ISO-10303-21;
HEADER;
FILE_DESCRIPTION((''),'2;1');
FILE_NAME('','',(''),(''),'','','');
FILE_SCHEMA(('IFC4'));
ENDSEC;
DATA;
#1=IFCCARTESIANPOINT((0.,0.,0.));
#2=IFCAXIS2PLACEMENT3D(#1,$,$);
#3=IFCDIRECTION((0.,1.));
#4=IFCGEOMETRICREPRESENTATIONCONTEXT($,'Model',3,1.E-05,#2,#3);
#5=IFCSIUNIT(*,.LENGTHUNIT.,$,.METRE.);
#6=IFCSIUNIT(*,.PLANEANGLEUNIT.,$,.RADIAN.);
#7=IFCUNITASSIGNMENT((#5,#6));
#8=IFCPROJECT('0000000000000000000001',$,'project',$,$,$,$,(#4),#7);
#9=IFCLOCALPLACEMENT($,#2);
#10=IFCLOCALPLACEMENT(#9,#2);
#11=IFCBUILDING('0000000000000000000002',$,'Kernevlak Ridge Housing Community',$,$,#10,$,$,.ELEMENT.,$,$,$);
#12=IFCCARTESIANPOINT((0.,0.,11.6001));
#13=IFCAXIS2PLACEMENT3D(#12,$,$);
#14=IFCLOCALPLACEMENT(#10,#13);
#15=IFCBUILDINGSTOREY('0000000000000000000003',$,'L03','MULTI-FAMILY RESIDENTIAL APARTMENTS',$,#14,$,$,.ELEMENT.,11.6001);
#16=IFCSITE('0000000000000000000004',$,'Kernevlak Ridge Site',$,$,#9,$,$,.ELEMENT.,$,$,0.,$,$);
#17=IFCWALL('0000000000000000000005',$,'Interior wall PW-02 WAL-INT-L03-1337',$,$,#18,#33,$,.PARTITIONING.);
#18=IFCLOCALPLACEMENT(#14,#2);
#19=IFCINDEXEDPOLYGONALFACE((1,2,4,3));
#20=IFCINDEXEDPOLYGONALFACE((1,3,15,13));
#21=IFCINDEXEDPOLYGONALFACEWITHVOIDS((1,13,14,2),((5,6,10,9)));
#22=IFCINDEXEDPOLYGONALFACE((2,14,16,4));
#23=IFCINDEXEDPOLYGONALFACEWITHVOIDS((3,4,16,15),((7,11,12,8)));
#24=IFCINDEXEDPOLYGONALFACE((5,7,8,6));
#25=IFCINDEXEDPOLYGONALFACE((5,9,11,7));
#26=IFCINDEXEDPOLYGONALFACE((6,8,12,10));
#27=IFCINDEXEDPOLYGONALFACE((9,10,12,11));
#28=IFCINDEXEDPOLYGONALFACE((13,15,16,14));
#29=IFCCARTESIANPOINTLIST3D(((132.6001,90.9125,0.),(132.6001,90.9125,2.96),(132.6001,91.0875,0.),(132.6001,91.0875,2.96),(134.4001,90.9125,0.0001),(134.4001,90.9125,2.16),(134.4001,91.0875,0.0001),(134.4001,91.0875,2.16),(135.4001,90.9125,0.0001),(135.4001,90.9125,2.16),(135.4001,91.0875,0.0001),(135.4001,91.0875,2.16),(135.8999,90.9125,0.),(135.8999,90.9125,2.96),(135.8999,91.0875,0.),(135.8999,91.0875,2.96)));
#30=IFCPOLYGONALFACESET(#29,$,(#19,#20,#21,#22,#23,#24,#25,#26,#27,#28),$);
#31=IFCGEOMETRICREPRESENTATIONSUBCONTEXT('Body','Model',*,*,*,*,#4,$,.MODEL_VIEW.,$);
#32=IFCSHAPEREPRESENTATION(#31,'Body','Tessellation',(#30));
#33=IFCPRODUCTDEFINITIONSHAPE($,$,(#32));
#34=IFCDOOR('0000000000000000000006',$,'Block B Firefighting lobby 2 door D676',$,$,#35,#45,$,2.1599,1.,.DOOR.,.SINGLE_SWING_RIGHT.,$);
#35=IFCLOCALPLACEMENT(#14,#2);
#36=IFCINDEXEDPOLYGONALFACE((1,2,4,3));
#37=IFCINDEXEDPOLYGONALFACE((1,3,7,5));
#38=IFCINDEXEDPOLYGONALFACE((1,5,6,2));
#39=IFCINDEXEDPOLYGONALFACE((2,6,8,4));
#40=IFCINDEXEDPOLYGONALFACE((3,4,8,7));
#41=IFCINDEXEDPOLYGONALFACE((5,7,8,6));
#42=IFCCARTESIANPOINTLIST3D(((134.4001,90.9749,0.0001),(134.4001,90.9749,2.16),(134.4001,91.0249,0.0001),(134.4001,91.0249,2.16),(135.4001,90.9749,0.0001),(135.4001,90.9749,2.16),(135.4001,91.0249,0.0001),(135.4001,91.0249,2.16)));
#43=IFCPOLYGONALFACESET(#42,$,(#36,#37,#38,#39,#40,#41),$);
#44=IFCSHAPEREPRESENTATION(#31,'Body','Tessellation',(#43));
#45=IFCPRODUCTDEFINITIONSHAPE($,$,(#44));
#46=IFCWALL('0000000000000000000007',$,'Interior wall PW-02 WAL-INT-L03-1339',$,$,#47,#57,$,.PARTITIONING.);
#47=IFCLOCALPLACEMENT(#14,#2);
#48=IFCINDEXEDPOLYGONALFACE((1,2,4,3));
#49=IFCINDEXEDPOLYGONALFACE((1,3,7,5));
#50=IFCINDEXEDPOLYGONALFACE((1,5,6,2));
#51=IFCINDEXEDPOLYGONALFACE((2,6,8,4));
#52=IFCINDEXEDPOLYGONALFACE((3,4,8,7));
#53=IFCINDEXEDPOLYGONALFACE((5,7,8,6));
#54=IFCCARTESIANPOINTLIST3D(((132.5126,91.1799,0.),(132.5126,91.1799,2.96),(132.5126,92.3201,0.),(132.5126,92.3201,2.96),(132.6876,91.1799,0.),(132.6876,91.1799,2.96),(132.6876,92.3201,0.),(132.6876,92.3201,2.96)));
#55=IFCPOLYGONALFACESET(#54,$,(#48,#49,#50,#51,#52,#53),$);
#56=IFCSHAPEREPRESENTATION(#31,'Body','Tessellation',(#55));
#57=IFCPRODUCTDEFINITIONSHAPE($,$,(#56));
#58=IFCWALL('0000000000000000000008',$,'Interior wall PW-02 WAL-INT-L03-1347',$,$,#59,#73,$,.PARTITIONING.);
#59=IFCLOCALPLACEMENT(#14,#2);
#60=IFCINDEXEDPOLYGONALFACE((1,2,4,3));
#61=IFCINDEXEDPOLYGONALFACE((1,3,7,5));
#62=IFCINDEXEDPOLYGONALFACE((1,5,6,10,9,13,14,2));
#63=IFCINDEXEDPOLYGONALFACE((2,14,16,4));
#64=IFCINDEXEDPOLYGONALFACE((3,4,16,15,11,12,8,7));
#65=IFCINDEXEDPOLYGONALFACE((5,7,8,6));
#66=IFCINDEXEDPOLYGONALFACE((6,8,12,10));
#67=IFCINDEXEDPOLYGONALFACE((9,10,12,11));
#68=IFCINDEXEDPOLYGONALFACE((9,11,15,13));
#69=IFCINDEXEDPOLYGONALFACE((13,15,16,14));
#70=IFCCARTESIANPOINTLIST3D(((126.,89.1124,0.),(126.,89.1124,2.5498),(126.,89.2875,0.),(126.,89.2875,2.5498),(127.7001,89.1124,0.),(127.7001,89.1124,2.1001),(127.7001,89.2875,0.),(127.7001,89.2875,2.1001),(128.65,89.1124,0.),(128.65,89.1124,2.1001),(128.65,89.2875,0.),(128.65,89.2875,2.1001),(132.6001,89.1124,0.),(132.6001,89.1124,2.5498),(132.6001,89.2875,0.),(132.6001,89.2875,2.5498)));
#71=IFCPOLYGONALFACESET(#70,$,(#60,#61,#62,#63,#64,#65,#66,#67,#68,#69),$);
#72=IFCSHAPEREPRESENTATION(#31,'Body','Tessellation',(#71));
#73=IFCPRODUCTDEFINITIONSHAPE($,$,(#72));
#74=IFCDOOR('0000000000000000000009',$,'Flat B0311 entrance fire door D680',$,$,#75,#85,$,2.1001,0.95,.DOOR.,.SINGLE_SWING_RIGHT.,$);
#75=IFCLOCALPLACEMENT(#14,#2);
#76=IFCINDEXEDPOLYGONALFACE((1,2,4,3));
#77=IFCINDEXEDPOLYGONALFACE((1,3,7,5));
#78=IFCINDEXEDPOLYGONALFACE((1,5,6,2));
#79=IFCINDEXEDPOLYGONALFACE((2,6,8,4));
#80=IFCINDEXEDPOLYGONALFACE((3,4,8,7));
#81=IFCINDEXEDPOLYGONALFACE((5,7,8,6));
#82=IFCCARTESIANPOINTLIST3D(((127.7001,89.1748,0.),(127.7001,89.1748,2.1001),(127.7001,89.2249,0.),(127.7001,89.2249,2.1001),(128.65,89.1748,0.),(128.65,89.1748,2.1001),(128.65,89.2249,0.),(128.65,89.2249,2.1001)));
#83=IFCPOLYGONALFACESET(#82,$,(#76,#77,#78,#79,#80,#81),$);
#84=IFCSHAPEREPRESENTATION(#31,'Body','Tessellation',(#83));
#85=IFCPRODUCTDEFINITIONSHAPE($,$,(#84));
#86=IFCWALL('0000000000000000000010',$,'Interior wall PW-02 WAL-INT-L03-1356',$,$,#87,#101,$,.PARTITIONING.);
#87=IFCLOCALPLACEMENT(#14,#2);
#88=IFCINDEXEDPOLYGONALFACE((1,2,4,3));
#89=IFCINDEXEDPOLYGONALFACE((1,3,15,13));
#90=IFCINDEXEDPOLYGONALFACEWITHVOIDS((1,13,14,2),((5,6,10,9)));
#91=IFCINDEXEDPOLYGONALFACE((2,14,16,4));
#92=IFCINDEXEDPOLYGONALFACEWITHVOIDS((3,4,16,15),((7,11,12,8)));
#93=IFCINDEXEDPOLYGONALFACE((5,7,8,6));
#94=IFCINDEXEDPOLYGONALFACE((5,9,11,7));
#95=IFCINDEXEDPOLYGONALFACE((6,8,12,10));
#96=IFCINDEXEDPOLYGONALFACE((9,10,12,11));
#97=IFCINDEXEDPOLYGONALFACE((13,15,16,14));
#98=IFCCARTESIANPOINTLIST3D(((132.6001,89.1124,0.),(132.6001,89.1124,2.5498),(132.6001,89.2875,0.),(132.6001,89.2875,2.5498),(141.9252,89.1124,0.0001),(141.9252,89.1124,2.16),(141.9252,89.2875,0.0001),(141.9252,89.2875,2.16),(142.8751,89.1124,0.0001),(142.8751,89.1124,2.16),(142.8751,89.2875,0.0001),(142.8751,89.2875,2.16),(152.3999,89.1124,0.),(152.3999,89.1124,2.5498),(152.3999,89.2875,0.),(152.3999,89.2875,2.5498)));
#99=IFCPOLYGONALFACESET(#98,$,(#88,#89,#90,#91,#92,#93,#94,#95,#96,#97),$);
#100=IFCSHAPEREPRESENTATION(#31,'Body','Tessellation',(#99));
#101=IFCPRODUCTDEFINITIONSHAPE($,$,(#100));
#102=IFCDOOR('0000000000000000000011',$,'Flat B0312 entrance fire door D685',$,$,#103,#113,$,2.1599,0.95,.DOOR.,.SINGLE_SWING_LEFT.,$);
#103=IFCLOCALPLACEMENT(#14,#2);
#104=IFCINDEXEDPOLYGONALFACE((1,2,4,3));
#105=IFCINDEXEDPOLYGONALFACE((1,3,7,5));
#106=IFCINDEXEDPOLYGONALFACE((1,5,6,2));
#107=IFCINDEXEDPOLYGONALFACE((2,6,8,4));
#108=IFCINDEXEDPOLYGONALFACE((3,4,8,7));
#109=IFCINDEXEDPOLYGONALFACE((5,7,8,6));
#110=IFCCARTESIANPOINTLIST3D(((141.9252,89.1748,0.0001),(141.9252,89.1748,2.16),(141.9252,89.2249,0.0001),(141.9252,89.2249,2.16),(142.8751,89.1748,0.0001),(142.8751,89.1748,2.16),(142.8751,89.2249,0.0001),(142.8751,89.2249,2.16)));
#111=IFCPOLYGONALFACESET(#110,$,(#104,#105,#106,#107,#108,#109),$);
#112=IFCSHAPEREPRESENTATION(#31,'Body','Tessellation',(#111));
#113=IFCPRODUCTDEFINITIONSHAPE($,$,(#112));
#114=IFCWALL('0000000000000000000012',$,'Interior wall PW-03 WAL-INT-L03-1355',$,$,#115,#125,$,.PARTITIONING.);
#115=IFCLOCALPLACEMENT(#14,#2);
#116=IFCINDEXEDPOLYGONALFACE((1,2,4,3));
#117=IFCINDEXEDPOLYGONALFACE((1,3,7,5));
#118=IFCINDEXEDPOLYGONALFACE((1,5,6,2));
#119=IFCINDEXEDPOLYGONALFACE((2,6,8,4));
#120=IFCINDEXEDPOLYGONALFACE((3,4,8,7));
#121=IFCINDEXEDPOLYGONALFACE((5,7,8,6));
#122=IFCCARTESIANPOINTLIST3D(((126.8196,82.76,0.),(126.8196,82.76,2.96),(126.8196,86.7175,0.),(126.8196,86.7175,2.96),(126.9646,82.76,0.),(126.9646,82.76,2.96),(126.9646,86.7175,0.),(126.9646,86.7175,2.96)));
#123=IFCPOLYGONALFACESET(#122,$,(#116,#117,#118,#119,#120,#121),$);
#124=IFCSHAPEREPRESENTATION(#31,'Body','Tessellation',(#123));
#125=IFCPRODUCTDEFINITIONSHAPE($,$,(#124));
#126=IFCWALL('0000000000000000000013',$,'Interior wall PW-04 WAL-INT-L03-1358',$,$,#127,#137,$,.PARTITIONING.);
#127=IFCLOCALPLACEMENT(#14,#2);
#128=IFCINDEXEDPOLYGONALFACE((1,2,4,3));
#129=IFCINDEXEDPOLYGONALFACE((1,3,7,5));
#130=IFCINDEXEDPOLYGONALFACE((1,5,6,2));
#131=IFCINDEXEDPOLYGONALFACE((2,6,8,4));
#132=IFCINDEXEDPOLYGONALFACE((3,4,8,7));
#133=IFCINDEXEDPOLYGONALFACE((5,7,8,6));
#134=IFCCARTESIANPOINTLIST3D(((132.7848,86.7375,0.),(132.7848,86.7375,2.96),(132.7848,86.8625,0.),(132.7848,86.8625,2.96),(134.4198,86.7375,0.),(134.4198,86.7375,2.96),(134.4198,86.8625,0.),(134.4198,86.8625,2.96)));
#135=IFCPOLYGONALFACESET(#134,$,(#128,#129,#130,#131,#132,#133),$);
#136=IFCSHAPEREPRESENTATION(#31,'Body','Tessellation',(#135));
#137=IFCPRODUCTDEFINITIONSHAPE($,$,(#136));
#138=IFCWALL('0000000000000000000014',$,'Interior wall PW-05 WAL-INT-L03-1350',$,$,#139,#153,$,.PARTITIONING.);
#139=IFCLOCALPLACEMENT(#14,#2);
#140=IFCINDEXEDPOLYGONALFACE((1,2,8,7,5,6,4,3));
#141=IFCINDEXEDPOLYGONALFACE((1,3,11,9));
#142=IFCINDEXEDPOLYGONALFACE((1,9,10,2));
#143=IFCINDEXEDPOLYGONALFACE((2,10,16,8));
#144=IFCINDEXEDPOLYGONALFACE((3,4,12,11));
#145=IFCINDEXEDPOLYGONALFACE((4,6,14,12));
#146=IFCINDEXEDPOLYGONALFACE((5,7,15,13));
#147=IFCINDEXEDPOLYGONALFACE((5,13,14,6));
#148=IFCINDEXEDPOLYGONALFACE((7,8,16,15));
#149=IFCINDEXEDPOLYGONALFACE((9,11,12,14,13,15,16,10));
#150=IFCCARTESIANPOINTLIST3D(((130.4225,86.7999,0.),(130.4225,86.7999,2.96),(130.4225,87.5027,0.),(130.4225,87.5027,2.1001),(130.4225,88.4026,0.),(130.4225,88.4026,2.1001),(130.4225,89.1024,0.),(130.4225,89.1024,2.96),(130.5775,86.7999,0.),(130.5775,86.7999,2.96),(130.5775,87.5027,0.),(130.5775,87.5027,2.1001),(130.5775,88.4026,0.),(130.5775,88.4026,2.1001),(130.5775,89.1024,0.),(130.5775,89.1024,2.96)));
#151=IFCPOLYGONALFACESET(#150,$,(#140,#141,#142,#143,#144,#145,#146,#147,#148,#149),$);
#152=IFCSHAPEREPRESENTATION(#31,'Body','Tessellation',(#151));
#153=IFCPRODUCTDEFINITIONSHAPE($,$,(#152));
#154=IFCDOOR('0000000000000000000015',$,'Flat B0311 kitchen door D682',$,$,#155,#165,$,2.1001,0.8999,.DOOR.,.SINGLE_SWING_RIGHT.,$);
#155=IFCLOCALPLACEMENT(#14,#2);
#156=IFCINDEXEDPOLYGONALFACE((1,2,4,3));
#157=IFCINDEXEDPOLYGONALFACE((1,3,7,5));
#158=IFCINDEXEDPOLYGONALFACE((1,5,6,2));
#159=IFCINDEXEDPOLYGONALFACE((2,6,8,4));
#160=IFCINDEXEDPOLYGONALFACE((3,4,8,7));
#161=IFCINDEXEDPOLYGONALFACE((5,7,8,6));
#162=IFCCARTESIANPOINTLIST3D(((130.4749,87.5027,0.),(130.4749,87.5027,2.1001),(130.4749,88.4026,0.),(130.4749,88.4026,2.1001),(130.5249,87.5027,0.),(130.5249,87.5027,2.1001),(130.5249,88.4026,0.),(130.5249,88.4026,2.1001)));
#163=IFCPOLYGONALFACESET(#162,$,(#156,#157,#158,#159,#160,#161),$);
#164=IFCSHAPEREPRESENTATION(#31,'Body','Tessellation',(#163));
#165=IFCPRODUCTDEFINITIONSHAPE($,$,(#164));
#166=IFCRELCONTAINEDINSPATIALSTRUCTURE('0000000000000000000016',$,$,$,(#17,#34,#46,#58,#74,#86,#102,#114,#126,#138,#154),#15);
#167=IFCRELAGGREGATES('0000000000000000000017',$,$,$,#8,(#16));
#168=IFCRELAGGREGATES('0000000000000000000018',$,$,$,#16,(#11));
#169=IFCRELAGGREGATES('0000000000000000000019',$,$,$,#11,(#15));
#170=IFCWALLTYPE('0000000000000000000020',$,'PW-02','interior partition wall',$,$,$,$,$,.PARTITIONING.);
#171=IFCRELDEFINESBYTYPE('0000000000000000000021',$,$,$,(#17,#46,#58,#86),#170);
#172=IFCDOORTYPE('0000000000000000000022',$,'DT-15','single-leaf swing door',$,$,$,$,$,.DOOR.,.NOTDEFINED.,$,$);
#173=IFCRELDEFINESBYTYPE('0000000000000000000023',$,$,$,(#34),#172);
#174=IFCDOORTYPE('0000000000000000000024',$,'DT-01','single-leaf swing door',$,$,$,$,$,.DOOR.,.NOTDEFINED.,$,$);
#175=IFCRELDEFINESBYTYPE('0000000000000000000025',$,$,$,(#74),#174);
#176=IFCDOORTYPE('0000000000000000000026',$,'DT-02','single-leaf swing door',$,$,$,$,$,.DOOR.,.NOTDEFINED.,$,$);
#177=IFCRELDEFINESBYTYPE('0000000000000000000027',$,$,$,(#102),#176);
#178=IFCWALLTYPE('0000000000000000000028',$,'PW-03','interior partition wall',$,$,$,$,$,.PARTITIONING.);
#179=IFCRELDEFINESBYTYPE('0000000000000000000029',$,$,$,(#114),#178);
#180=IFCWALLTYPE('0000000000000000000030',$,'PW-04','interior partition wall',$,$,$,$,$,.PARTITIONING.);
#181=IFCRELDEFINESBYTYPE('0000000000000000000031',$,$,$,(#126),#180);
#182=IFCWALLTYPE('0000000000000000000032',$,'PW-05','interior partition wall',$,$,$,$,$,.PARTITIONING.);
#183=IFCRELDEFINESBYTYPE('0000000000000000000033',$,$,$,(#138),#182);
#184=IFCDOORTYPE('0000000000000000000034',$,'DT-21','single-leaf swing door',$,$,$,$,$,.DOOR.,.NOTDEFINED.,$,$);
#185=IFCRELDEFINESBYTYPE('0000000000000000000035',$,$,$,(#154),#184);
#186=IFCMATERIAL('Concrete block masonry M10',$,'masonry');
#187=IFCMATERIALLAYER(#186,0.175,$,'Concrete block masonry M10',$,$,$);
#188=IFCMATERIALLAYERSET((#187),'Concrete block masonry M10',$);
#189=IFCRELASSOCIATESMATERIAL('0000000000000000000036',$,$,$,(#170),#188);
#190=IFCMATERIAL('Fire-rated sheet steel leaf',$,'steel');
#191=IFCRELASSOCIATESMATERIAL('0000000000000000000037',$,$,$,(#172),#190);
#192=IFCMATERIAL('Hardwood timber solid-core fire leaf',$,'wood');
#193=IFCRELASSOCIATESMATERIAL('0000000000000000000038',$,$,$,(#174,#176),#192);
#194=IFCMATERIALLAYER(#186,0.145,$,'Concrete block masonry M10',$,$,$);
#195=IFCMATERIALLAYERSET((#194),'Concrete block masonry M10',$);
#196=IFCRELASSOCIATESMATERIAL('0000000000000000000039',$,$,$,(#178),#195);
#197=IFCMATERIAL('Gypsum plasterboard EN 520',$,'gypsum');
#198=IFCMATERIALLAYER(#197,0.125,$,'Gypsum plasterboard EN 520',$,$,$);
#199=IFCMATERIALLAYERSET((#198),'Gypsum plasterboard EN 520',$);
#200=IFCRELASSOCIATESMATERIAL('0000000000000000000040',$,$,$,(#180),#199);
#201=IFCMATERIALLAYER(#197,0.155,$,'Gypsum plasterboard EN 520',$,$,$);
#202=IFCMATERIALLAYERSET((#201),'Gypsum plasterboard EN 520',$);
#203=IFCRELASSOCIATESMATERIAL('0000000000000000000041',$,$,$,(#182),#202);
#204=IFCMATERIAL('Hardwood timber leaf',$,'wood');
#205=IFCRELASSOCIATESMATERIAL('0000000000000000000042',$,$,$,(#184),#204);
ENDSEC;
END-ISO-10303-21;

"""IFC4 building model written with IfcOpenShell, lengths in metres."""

from ifc_helpers import new_model, si_unit, direction, frame, frame_2d, origin, place, context, subcontext, project, spatial, rectangle, extrude, material, layer, layer_set, type_object, element, fill, save


model = new_model("IFC4")

# Units and contexts
model_context = context("Model", 3, precision=1e-05, world=origin(), true_north=direction((0.0, 1.0)))
body_context = subcontext(model_context, "Body", "Model", "MODEL_VIEW")
ifc_project = project(units=[si_unit("LENGTHUNIT", "METRE"), si_unit("PLANEANGLEUNIT", "RADIAN")], contexts=[model_context])

# Site, building, storey
site_placement = place(None, origin())
site = spatial("IfcSite", under=ifc_project, at=site_placement, Name="Kernevlak Ridge Site", CompositionType="ELEMENT", RefElevation=0.0)
building_placement = place(site_placement, origin())
building = spatial("IfcBuilding", under=site, at=building_placement, Name="Kernevlak Ridge Housing Community", CompositionType="ELEMENT")
storey_placement = place(building_placement, frame((0.0, 0.0, 11.6001)))
storey = spatial("IfcBuildingStorey", under=building, at=storey_placement, Name="L03", Description="MULTI-FAMILY RESIDENTIAL APARTMENTS", CompositionType="ELEMENT", Elevation=11.6001)

# Wall, opening, door
ifc_material_1 = material(Name="Fire-rated sheet steel leaf", Category="steel")
ifc_material_2 = material(Name="Concrete block masonry M10", Category="masonry")
ifc_layer_1 = layer(ifc_material_2, 0.175, Name="Concrete block masonry M10")
ifc_layer_set_1 = layer_set([ifc_layer_1], Name="Concrete block masonry M10")
wall_type_1 = type_object("IfcWallType", Name="PW-02", Description="interior partition wall", PredefinedType="PARTITIONING", material=ifc_layer_set_1)
wall_1_placement = place(storey_placement, frame((132.6001, 91.0, 0.0), z_axis=(0.0, 0.0, 1.0), x_axis=(1.0, 0.0, 0.0)))
wall_1 = element("IfcWall", 1, at=wall_1_placement, inside=storey, type_object=wall_type_1, Name="Interior wall PW-02 WAL-INT-L03-1337", PredefinedType="PARTITIONING", context=body_context, shape_type="SweptSolid", body=[
    extrude(rectangle(XDim=3.2998, YDim=0.175, at=frame_2d((1.6499, 0.0))), origin(), (0.0, 0.0, 1.0), 2.96),
])
opening_1_placement = place(wall_1_placement, frame((1.8, 0.0, 0.0)))
opening_1 = element("IfcOpeningElement", 2, at=opening_1_placement, cuts=wall_1, PredefinedType="OPENING", context=body_context, shape_type="SweptSolid", body=[
    extrude(rectangle(XDim=1.0, YDim=2.1599, at=frame_2d((0.5, 1.0801))), frame((0.0, 0.0974, 0.0), z_axis=(0.0, -1.0, 0.0), x_axis=(1.0, 0.0, 0.0)), (0.0, 0.0, 1.0), 0.1951),
])
door_type_1 = type_object("IfcDoorType", Name="DT-15", Description="single-leaf swing door", OperationType="NOTDEFINED", PredefinedType="DOOR", material=ifc_material_1)
door_1_placement = place(opening_1_placement, origin())
door_1 = element("IfcDoor", 3, at=door_1_placement, inside=storey, type_object=door_type_1, Name="Block B Firefighting lobby 2 door D676", OperationType="SINGLE_SWING_RIGHT", OverallHeight=2.1599, OverallWidth=1.0, PredefinedType="DOOR", context=body_context, shape_type="SweptSolid", body=[
    extrude(rectangle(XDim=1.0, YDim=2.1599, at=frame_2d((0.5, 1.0801))), frame((0.0, 0.0249, 0.0), z_axis=(0.0, -1.0, 0.0), x_axis=(1.0, 0.0, 0.0)), (0.0, 0.0, 1.0), 0.05),
])
fill(opening_1, door_1)

# Wall
wall_2_placement = place(storey_placement, frame((132.6001, 91.1799, 0.0), z_axis=(0.0, 0.0, 1.0), x_axis=(0.0, 1.0, 0.0)))
element("IfcWall", 4, at=wall_2_placement, inside=storey, type_object=wall_type_1, Name="Interior wall PW-02 WAL-INT-L03-1339", PredefinedType="PARTITIONING", context=body_context, shape_type="SweptSolid", body=[
    extrude(rectangle(XDim=1.1401, YDim=0.175, at=frame_2d((0.5701, 0.0))), origin(), (0.0, 0.0, 1.0), 2.96),
])

# Walls, openings, doors
wall_3_placement = place(storey_placement, frame((126.0, 89.2, 0.0), z_axis=(0.0, 0.0, 1.0), x_axis=(1.0, 0.0, 0.0)))
wall_3 = element("IfcWall", 5, at=wall_3_placement, inside=storey, type_object=wall_type_1, Name="Interior wall PW-02 WAL-INT-L03-1347", PredefinedType="PARTITIONING", context=body_context, shape_type="SweptSolid", body=[
    extrude(rectangle(XDim=6.6001, YDim=0.175, at=frame_2d((3.3, 0.0))), origin(), (0.0, 0.0, 1.0), 2.5498),
])
opening_2_placement = place(wall_3_placement, frame((1.7, 0.0, 0.0)))
opening_2 = element("IfcOpeningElement", 6, at=opening_2_placement, cuts=wall_3, PredefinedType="OPENING", context=body_context, shape_type="SweptSolid", body=[
    extrude(rectangle(XDim=0.95, YDim=2.1001, at=frame_2d((0.4751, 1.05))), frame((0.0, 0.0974, 0.0), z_axis=(0.0, -1.0, 0.0), x_axis=(1.0, 0.0, 0.0)), (0.0, 0.0, 1.0), 0.1951),
])
ifc_material_3 = material(Name="Hardwood timber solid-core fire leaf", Category="wood")
door_type_2 = type_object("IfcDoorType", Name="DT-01", Description="single-leaf swing door", OperationType="NOTDEFINED", PredefinedType="DOOR", material=ifc_material_3)
door_2_placement = place(opening_2_placement, origin())
door_2 = element("IfcDoor", 7, at=door_2_placement, inside=storey, type_object=door_type_2, Name="Flat B0311 entrance fire door D680", OperationType="SINGLE_SWING_RIGHT", OverallHeight=2.1001, OverallWidth=0.95, PredefinedType="DOOR", context=body_context, shape_type="SweptSolid", body=[
    extrude(rectangle(XDim=0.95, YDim=2.1001, at=frame_2d((0.4751, 1.05))), frame((0.0, 0.0249, 0.0), z_axis=(0.0, -1.0, 0.0), x_axis=(1.0, 0.0, 0.0)), (0.0, 0.0, 1.0), 0.05),
])
fill(opening_2, door_2)
wall_4_placement = place(storey_placement, frame((132.6001, 89.2, 0.0), z_axis=(0.0, 0.0, 1.0), x_axis=(1.0, 0.0, 0.0)))
wall_4 = element("IfcWall", 8, at=wall_4_placement, inside=storey, type_object=wall_type_1, Name="Interior wall PW-02 WAL-INT-L03-1356", PredefinedType="PARTITIONING", context=body_context, shape_type="SweptSolid", body=[
    extrude(rectangle(XDim=19.7998, YDim=0.175, at=frame_2d((9.8999, 0.0))), origin(), (0.0, 0.0, 1.0), 2.5498),
])
opening_3_placement = place(wall_4_placement, frame((9.325, 0.0, 0.0)))
opening_3 = element("IfcOpeningElement", 9, at=opening_3_placement, cuts=wall_4, PredefinedType="OPENING", context=body_context, shape_type="SweptSolid", body=[
    extrude(rectangle(XDim=0.95, YDim=2.1599, at=frame_2d((0.4751, 1.0801))), frame((0.0, 0.0974, 0.0), z_axis=(0.0, -1.0, 0.0), x_axis=(1.0, 0.0, 0.0)), (0.0, 0.0, 1.0), 0.1951),
])
door_type_3 = type_object("IfcDoorType", Name="DT-02", Description="single-leaf swing door", OperationType="NOTDEFINED", PredefinedType="DOOR", material=ifc_material_3)
door_3_placement = place(opening_3_placement, origin())
door_3 = element("IfcDoor", 10, at=door_3_placement, inside=storey, type_object=door_type_3, Name="Flat B0312 entrance fire door D685", OperationType="SINGLE_SWING_LEFT", OverallHeight=2.1599, OverallWidth=0.95, PredefinedType="DOOR", context=body_context, shape_type="SweptSolid", body=[
    extrude(rectangle(XDim=0.95, YDim=2.1599, at=frame_2d((0.4751, 1.0801))), frame((0.0, 0.0249, 0.0), z_axis=(0.0, -1.0, 0.0), x_axis=(1.0, 0.0, 0.0)), (0.0, 0.0, 1.0), 0.05),
])
fill(opening_3, door_3)

# Walls
ifc_layer_2 = layer(ifc_material_2, 0.145, Name="Concrete block masonry M10")
ifc_layer_set_2 = layer_set([ifc_layer_2], Name="Concrete block masonry M10")
wall_type_2 = type_object("IfcWallType", Name="PW-03", Description="interior partition wall", PredefinedType="PARTITIONING", material=ifc_layer_set_2)
wall_5_placement = place(storey_placement, frame((126.8921, 86.7175, 0.0), z_axis=(0.0, 0.0, 1.0), x_axis=(0.0, -1.0, 0.0)))
element("IfcWall", 11, at=wall_5_placement, inside=storey, type_object=wall_type_2, Name="Interior wall PW-03 WAL-INT-L03-1355", PredefinedType="PARTITIONING", context=body_context, shape_type="SweptSolid", body=[
    extrude(rectangle(XDim=3.9575, YDim=0.145, at=frame_2d((1.9788, 0.0))), origin(), (0.0, 0.0, 1.0), 2.96),
])
ifc_material_4 = material(Name="Gypsum plasterboard EN 520", Category="gypsum")
ifc_layer_3 = layer(ifc_material_4, 0.125, Name="Gypsum plasterboard EN 520")
ifc_layer_set_3 = layer_set([ifc_layer_3], Name="Gypsum plasterboard EN 520")
wall_type_3 = type_object("IfcWallType", Name="PW-04", Description="interior partition wall", PredefinedType="PARTITIONING", material=ifc_layer_set_3)
wall_6_placement = place(storey_placement, frame((132.7849, 86.8, 0.0), z_axis=(0.0, 0.0, 1.0), x_axis=(1.0, 0.0, 0.0)))
element("IfcWall", 12, at=wall_6_placement, inside=storey, type_object=wall_type_3, Name="Interior wall PW-04 WAL-INT-L03-1358", PredefinedType="PARTITIONING", context=body_context, shape_type="SweptSolid", body=[
    extrude(rectangle(XDim=1.635, YDim=0.125, at=frame_2d((0.8174, 0.0))), origin(), (0.0, 0.0, 1.0), 2.96),
])

# Wall, opening, door
ifc_layer_4 = layer(ifc_material_4, 0.155, Name="Gypsum plasterboard EN 520")
ifc_layer_set_4 = layer_set([ifc_layer_4], Name="Gypsum plasterboard EN 520")
wall_type_4 = type_object("IfcWallType", Name="PW-05", Description="interior partition wall", PredefinedType="PARTITIONING", material=ifc_layer_set_4)
wall_7_placement = place(storey_placement, frame((130.5, 89.1025, 0.0), z_axis=(0.0, 0.0, 1.0), x_axis=(0.0, -1.0, 0.0)))
wall_7 = element("IfcWall", 13, at=wall_7_placement, inside=storey, type_object=wall_type_4, Name="Interior wall PW-05 WAL-INT-L03-1350", PredefinedType="PARTITIONING", context=body_context, shape_type="SweptSolid", body=[
    extrude(rectangle(XDim=2.3025, YDim=0.155, at=frame_2d((1.1514, 0.0))), origin(), (0.0, 0.0, 1.0), 2.96),
])
opening_4_placement = place(wall_7_placement, frame((0.7, 0.0, 0.0)))
opening_4 = element("IfcOpeningElement", 14, at=opening_4_placement, cuts=wall_7, PredefinedType="OPENING", context=body_context, shape_type="SweptSolid", body=[
    extrude(rectangle(XDim=0.8999, YDim=2.1001, at=frame_2d((0.45, 1.05))), frame((0.0, 0.0874, 0.0), z_axis=(0.0, -1.0, 0.0), x_axis=(1.0, 0.0, 0.0)), (0.0, 0.0, 1.0), 0.175),
])
ifc_material_5 = material(Name="Hardwood timber leaf", Category="wood")
door_type_4 = type_object("IfcDoorType", Name="DT-21", Description="single-leaf swing door", OperationType="NOTDEFINED", PredefinedType="DOOR", material=ifc_material_5)
door_4_placement = place(opening_4_placement, origin())
door_4 = element("IfcDoor", 15, at=door_4_placement, inside=storey, type_object=door_type_4, Name="Flat B0311 kitchen door D682", OperationType="SINGLE_SWING_RIGHT", OverallHeight=2.1001, OverallWidth=0.8999, PredefinedType="DOOR", context=body_context, shape_type="SweptSolid", body=[
    extrude(rectangle(XDim=0.8999, YDim=2.1001, at=frame_2d((0.45, 1.05))), frame((0.0, 0.0249, 0.0), z_axis=(0.0, -1.0, 0.0), x_axis=(1.0, 0.0, 0.0)), (0.0, 0.0, 1.0), 0.05),
])
fill(opening_4, door_4)

save(model, "model.ifc")
